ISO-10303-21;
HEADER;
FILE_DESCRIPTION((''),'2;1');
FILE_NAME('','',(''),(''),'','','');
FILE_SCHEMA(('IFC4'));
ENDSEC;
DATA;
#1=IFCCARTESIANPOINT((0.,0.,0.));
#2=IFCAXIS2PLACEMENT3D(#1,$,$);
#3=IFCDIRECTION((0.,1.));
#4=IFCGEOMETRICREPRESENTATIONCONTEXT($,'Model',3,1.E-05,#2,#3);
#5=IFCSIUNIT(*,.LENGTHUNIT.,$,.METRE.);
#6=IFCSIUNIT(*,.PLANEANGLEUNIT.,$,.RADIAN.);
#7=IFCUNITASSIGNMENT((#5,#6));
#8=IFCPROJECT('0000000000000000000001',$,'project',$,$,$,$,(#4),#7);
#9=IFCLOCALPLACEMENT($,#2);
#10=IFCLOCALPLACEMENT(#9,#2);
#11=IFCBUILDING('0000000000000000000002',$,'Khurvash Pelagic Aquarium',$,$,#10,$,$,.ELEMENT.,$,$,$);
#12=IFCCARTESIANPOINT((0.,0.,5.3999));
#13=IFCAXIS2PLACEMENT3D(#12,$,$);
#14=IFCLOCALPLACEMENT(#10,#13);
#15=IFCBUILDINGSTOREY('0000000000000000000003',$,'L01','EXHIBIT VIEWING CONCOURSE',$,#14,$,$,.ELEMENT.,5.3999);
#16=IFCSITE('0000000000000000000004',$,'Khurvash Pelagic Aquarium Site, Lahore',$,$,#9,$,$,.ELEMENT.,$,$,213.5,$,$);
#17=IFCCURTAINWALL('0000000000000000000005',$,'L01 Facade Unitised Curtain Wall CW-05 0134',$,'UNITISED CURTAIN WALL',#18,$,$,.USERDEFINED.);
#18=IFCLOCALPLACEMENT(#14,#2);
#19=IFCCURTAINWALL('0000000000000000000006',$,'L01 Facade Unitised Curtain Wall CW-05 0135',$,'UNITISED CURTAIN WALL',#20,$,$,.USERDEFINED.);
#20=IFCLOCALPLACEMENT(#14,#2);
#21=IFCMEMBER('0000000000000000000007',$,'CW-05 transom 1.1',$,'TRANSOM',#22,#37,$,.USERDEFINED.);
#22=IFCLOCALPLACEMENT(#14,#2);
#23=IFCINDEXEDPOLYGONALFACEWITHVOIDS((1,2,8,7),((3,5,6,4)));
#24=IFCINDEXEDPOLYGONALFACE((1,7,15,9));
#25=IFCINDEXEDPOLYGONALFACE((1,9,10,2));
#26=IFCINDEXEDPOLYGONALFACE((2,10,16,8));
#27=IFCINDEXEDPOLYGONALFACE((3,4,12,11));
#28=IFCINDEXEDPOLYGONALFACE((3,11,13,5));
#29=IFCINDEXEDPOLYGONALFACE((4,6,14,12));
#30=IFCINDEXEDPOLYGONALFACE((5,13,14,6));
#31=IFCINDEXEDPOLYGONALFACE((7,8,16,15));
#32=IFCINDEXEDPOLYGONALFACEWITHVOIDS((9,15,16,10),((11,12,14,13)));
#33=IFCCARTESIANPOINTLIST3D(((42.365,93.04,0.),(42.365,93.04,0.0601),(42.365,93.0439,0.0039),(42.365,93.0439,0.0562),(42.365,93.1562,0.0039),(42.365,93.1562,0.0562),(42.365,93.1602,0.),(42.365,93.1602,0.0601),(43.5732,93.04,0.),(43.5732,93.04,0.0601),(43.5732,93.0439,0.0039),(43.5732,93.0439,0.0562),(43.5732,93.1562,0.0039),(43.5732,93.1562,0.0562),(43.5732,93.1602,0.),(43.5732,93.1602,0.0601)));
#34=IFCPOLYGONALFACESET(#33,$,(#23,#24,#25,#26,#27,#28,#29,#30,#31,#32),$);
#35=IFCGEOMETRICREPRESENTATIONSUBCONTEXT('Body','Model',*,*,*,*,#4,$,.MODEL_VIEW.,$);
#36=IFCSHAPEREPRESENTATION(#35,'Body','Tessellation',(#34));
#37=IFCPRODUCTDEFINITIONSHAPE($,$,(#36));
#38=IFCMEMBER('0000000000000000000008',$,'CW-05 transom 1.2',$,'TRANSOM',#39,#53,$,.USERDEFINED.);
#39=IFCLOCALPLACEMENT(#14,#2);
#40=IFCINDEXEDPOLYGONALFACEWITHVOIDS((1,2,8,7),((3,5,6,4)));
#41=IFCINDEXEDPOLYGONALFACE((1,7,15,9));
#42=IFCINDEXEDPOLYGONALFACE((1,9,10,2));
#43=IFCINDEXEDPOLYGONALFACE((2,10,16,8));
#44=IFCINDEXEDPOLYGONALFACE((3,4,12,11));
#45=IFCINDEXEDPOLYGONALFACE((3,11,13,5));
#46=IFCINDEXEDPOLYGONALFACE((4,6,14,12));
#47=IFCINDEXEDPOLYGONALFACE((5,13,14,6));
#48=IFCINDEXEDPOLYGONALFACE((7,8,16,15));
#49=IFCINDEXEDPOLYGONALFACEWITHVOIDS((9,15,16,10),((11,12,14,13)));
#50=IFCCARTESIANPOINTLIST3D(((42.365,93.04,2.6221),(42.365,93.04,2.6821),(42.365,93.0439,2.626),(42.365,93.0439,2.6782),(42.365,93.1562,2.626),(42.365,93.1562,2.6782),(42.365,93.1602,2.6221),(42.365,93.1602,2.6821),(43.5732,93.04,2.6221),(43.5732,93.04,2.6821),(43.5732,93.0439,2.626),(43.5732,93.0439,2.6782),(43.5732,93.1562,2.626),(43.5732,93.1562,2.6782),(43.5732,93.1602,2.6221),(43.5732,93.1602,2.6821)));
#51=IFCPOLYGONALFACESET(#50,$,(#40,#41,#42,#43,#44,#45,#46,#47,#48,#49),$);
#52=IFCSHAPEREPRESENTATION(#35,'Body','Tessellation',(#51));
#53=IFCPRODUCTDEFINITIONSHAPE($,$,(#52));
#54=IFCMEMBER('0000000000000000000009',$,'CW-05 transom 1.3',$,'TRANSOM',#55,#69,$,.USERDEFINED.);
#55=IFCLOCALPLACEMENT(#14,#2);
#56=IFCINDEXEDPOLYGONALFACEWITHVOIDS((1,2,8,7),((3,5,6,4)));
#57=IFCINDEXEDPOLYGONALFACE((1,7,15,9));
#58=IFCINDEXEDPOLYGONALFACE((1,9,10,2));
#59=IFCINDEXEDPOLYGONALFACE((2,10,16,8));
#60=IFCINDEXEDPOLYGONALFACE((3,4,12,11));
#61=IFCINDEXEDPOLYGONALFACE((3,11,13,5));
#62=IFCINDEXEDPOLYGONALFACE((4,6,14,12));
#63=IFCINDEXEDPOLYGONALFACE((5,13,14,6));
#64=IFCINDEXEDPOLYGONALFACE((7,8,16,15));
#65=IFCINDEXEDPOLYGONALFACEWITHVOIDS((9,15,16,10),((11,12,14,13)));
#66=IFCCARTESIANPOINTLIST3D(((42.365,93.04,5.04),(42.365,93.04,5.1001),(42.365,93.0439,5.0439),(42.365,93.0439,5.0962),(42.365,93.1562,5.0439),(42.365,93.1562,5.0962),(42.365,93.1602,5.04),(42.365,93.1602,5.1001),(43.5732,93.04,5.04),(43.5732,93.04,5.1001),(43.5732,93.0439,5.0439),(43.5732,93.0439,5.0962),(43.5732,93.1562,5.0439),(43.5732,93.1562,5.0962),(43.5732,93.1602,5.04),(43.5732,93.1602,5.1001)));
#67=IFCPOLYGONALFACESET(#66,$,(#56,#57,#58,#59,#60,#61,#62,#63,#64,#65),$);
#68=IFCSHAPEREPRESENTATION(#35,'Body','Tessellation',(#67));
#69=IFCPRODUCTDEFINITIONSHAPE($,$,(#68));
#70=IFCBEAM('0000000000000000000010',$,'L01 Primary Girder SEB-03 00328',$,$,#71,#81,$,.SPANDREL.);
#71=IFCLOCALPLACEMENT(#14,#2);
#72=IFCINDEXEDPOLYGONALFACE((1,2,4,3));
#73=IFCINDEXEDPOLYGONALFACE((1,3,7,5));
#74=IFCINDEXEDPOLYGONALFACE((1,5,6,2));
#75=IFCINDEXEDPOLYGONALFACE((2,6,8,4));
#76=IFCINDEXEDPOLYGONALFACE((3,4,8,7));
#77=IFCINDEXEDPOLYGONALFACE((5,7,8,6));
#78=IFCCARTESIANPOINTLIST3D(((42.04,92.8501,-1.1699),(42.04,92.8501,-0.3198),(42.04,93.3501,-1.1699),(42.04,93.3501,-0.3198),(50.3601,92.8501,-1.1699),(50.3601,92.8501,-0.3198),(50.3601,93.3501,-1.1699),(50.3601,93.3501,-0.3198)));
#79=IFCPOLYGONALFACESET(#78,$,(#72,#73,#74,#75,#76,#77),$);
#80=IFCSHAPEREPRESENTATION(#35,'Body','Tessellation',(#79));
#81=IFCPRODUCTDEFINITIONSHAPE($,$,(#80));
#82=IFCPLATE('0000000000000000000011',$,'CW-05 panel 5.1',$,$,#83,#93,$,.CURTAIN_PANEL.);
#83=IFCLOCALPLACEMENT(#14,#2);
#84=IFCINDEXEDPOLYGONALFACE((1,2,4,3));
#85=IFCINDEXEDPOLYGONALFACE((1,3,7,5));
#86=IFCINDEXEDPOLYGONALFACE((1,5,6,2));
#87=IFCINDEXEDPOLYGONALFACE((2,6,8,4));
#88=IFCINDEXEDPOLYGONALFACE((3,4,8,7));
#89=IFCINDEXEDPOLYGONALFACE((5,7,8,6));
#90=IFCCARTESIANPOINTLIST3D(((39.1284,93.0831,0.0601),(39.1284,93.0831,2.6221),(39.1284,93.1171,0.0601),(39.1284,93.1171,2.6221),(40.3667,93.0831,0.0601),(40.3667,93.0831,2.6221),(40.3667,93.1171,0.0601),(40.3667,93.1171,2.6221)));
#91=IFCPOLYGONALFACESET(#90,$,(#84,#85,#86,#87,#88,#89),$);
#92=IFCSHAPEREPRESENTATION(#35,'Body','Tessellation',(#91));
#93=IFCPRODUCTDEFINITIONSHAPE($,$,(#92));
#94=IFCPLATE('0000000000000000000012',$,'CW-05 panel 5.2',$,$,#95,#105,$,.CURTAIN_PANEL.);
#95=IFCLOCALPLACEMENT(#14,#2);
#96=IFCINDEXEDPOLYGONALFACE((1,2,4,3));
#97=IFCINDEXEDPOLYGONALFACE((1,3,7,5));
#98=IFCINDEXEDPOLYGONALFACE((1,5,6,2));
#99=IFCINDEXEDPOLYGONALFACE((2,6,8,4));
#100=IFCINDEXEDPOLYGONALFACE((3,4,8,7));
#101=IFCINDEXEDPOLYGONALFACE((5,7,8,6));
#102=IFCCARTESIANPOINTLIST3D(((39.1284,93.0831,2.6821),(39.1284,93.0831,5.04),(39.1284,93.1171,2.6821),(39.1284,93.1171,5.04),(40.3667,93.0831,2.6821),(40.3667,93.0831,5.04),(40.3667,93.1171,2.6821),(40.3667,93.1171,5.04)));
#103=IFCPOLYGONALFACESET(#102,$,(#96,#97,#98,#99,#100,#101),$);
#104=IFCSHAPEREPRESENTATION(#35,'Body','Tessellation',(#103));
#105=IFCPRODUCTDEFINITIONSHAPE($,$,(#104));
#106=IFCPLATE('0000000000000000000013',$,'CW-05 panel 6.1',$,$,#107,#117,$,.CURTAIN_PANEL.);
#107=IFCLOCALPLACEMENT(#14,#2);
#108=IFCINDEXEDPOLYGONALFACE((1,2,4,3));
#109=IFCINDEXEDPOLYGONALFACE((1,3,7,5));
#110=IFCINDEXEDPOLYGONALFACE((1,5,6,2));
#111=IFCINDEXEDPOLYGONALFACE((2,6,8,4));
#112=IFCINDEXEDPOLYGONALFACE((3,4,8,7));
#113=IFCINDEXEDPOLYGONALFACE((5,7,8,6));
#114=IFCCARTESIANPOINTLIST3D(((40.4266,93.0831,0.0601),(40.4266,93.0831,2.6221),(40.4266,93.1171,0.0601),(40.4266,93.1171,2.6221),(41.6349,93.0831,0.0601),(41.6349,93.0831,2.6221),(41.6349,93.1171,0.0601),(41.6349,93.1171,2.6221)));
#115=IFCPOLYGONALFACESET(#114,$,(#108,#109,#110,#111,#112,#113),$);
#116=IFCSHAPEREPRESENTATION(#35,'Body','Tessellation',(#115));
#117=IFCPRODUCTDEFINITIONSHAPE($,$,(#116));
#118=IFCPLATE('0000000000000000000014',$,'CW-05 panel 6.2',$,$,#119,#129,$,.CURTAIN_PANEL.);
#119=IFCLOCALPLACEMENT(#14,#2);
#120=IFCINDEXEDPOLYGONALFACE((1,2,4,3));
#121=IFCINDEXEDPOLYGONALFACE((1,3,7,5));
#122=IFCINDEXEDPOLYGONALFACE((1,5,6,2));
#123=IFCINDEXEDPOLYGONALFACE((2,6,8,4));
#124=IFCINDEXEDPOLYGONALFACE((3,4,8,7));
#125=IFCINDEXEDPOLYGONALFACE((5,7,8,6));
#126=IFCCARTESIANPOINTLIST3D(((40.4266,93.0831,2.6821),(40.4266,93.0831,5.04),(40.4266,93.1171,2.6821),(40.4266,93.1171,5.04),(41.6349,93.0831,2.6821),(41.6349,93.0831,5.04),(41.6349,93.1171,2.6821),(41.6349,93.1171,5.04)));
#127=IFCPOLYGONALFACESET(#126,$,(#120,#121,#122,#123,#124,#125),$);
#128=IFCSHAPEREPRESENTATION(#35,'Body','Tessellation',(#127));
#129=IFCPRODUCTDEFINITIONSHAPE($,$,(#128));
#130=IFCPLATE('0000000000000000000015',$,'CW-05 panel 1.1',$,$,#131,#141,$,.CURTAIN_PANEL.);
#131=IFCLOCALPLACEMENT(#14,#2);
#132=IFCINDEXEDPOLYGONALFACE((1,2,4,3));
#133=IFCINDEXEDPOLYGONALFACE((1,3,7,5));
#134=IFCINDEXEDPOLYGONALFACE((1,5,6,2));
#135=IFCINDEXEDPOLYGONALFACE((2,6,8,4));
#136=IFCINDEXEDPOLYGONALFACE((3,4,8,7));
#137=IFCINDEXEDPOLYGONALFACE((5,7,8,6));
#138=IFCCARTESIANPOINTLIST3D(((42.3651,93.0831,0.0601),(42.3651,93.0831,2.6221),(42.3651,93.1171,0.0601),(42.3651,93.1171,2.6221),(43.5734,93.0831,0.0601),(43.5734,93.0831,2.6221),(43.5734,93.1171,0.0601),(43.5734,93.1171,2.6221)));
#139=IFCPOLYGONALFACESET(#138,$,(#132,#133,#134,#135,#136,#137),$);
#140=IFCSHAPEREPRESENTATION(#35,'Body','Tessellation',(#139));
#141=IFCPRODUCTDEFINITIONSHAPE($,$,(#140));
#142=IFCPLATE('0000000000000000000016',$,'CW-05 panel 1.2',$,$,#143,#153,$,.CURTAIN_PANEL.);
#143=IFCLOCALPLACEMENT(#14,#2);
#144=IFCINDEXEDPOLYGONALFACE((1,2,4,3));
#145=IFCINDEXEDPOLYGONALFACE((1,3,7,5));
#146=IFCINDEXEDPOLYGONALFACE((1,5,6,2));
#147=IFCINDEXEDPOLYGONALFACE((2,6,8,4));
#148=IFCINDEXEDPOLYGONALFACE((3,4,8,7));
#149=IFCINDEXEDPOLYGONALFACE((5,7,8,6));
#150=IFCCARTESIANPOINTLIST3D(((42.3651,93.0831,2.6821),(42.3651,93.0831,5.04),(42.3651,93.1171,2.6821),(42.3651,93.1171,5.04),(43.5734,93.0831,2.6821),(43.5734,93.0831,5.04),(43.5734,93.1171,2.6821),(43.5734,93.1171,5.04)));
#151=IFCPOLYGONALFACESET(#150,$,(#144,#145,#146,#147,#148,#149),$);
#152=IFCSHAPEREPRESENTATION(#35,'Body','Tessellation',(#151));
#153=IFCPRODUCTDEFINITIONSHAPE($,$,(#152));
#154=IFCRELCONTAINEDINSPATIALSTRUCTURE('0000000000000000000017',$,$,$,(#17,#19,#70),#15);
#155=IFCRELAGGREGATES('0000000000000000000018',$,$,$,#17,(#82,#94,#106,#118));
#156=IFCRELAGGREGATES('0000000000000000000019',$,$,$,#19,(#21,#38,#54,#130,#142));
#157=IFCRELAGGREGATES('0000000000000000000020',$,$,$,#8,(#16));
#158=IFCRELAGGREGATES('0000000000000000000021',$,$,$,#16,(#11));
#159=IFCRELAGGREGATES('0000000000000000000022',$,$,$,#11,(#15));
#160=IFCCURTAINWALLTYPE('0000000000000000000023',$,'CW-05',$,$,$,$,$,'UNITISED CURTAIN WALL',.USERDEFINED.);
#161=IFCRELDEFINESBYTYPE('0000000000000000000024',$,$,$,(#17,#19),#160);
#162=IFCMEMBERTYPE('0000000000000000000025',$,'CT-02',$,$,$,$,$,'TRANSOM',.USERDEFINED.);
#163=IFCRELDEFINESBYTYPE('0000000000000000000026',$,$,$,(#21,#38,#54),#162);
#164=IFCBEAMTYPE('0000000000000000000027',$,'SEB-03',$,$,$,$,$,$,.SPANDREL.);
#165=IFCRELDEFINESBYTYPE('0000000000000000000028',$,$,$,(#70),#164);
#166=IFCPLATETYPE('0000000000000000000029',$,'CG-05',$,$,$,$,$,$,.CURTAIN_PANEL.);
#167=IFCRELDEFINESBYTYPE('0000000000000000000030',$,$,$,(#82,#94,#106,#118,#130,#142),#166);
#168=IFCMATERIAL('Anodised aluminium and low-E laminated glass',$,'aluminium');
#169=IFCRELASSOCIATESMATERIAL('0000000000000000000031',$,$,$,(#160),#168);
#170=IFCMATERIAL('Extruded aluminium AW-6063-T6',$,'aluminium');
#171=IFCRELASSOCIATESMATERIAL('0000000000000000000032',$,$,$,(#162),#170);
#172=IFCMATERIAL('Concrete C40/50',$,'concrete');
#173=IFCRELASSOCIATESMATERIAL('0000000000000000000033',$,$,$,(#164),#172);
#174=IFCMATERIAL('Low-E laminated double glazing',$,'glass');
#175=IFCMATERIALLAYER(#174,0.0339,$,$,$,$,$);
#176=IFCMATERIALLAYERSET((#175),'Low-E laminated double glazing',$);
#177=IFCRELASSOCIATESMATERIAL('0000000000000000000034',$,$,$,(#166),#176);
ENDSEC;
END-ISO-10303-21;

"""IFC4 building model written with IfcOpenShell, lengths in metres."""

from ifc_helpers import new_model, si_unit, direction, frame, origin, origin_2d, place, context, subcontext, project, spatial, rectangle, hollow_rectangle, extrude, material, layer, layer_set, material_profile, profile_set, type_object, element, aggregate, save


model = new_model("IFC4")

# Units and contexts
model_context = context("Model", 3, precision=1e-05, world=origin(), true_north=direction((0.0, 1.0)))
body_context = subcontext(model_context, "Body", "Model", "MODEL_VIEW")
ifc_project = project(units=[si_unit("LENGTHUNIT", "METRE"), si_unit("PLANEANGLEUNIT", "RADIAN")], contexts=[model_context])

# Site, building, storey
site_placement = place(None, origin())
site = spatial("IfcSite", under=ifc_project, at=site_placement, Name="Khurvash Pelagic Aquarium Site, Lahore", CompositionType="ELEMENT", RefElevation=213.5)
building_placement = place(site_placement, origin())
building = spatial("IfcBuilding", under=site, at=building_placement, Name="Khurvash Pelagic Aquarium", CompositionType="ELEMENT")
storey_placement = place(building_placement, frame((0.0, 0.0, 5.3999)))
storey = spatial("IfcBuildingStorey", under=building, at=storey_placement, Name="L01", Description="EXHIBIT VIEWING CONCOURSE", CompositionType="ELEMENT", Elevation=5.3999)

# Shared definitions
ifc_material_1 = material(Name="Concrete C40/50", Category="concrete")

# Curtain walls
ifc_material_2 = material(Name="Anodised aluminium and low-E laminated glass", Category="aluminium")
curtain_wall_type = type_object("IfcCurtainWallType", Name="CW-05", ElementType="UNITISED CURTAIN WALL", PredefinedType="USERDEFINED", material=ifc_material_2)
curtain_wall_1_placement = place(storey_placement, origin())
curtain_wall_1 = element("IfcCurtainWall", 1, at=curtain_wall_1_placement, inside=storey, type_object=curtain_wall_type, Name="L01 Facade Unitised Curtain Wall CW-05 0134", ObjectType="UNITISED CURTAIN WALL", PredefinedType="USERDEFINED")
ifc_material_3 = material(Name="Extruded aluminium AW-6063-T6", Category="aluminium")
curtain_wall_2_placement = place(storey_placement, origin())
curtain_wall_2 = element("IfcCurtainWall", 2, at=curtain_wall_2_placement, inside=storey, type_object=curtain_wall_type, Name="L01 Facade Unitised Curtain Wall CW-05 0135", ObjectType="UNITISED CURTAIN WALL", PredefinedType="USERDEFINED")

# Members
ifc_material_profile_1 = material_profile(ifc_material_3, hollow_rectangle(XDim=0.1201, YDim=0.0601, WallThickness=0.0039, at=origin_2d()), Name="CWT120X60X4")
ifc_profile_set_1 = profile_set([ifc_material_profile_1], Name="Extruded aluminium AW-6063-T6")
member_type_1 = type_object("IfcMemberType", Name="CT-02", ElementType="TRANSOM", PredefinedType="USERDEFINED", material=ifc_profile_set_1)
member_1_placement = place(storey_placement, frame((42.365, 93.1001, 0.03), z_axis=(1.0, 0.0, 0.0), x_axis=(0.0, 1.0, 0.0)))
member_1 = element("IfcMember", 3, at=member_1_placement, type_object=member_type_1, Name="CW-05 transom 1.1", ObjectType="TRANSOM", PredefinedType="USERDEFINED", context=body_context, shape_type="SweptSolid", body=[
    extrude(hollow_rectangle(XDim=0.1201, YDim=0.0601, WallThickness=0.0039, at=origin_2d()), origin(), (0.0, 0.0, 1.0), 1.2083),
])
member_2_placement = place(storey_placement, frame((42.365, 93.1001, 2.6521), z_axis=(1.0, 0.0, 0.0), x_axis=(0.0, 1.0, 0.0)))
member_2 = element("IfcMember", 4, at=member_2_placement, type_object=member_type_1, Name="CW-05 transom 1.2", ObjectType="TRANSOM", PredefinedType="USERDEFINED", context=body_context, shape_type="SweptSolid", body=[
    extrude(hollow_rectangle(XDim=0.1201, YDim=0.0601, WallThickness=0.0039, at=origin_2d()), origin(), (0.0, 0.0, 1.0), 1.2083),
])
member_3_placement = place(storey_placement, frame((42.365, 93.1001, 5.0701), z_axis=(1.0, 0.0, 0.0), x_axis=(0.0, 1.0, 0.0)))
member_3 = element("IfcMember", 5, at=member_3_placement, type_object=member_type_1, Name="CW-05 transom 1.3", ObjectType="TRANSOM", PredefinedType="USERDEFINED", context=body_context, shape_type="SweptSolid", body=[
    extrude(hollow_rectangle(XDim=0.1201, YDim=0.0601, WallThickness=0.0039, at=origin_2d()), origin(), (0.0, 0.0, 1.0), 1.2083),
])

# Beam
ifc_material_profile_2 = material_profile(ifc_material_1, rectangle(XDim=0.5, YDim=0.8501, at=origin_2d()), Name="RC500X850")
ifc_profile_set_2 = profile_set([ifc_material_profile_2], Name="Concrete C40/50")
beam_type = type_object("IfcBeamType", Name="SEB-03", PredefinedType="SPANDREL", material=ifc_profile_set_2)
beam_placement = place(storey_placement, frame((42.04, 93.1001, -0.7449), z_axis=(1.0, 0.0, 0.0), x_axis=(0.0, 1.0, 0.0)))
element("IfcBeam", 6, at=beam_placement, inside=storey, type_object=beam_type, Name="L01 Primary Girder SEB-03 00328", PredefinedType="SPANDREL", context=body_context, shape_type="SweptSolid", body=[
    extrude(rectangle(XDim=0.5, YDim=0.8501, at=origin_2d()), origin(), (0.0, 0.0, 1.0), 8.3201),
])

# Plates
ifc_material_4 = material(Name="Low-E laminated double glazing", Category="glass")
ifc_layer = layer(ifc_material_4, 0.0339)
ifc_layer_set = layer_set([ifc_layer], Name="Low-E laminated double glazing")
plate_type = type_object("IfcPlateType", Name="CG-05", PredefinedType="CURTAIN_PANEL", material=ifc_layer_set)
plate_1_placement = place(storey_placement, frame((39.7476, 93.1001, 0.0601), z_axis=(0.0, 0.0, 1.0), x_axis=(1.0, 0.0, 0.0)))
plate_1 = element("IfcPlate", 7, at=plate_1_placement, type_object=plate_type, Name="CW-05 panel 5.1", PredefinedType="CURTAIN_PANEL", context=body_context, shape_type="SweptSolid", body=[
    extrude(rectangle(XDim=1.2383, YDim=0.0339, at=origin_2d()), origin(), (0.0, 0.0, 1.0), 2.562),
])
plate_2_placement = place(storey_placement, frame((39.7476, 93.1001, 2.6821), z_axis=(0.0, 0.0, 1.0), x_axis=(1.0, 0.0, 0.0)))
plate_2 = element("IfcPlate", 8, at=plate_2_placement, type_object=plate_type, Name="CW-05 panel 5.2", PredefinedType="CURTAIN_PANEL", context=body_context, shape_type="SweptSolid", body=[
    extrude(rectangle(XDim=1.2383, YDim=0.0339, at=origin_2d()), origin(), (0.0, 0.0, 1.0), 2.3579),
])
plate_3_placement = place(storey_placement, frame((41.0308, 93.1001, 0.0601), z_axis=(0.0, 0.0, 1.0), x_axis=(1.0, 0.0, 0.0)))
plate_3 = element("IfcPlate", 9, at=plate_3_placement, type_object=plate_type, Name="CW-05 panel 6.1", PredefinedType="CURTAIN_PANEL", context=body_context, shape_type="SweptSolid", body=[
    extrude(rectangle(XDim=1.2083, YDim=0.0339, at=origin_2d()), origin(), (0.0, 0.0, 1.0), 2.562),
])
plate_4_placement = place(storey_placement, frame((41.0308, 93.1001, 2.6821), z_axis=(0.0, 0.0, 1.0), x_axis=(1.0, 0.0, 0.0)))
plate_4 = element("IfcPlate", 10, at=plate_4_placement, type_object=plate_type, Name="CW-05 panel 6.2", PredefinedType="CURTAIN_PANEL", context=body_context, shape_type="SweptSolid", body=[
    extrude(rectangle(XDim=1.2083, YDim=0.0339, at=origin_2d()), origin(), (0.0, 0.0, 1.0), 2.3579),
])
aggregate(curtain_wall_1, [plate_1, plate_2, plate_3, plate_4])
plate_5_placement = place(storey_placement, frame((42.9692, 93.1001, 0.0601), z_axis=(0.0, 0.0, 1.0), x_axis=(1.0, 0.0, 0.0)))
plate_5 = element("IfcPlate", 11, at=plate_5_placement, type_object=plate_type, Name="CW-05 panel 1.1", PredefinedType="CURTAIN_PANEL", context=body_context, shape_type="SweptSolid", body=[
    extrude(rectangle(XDim=1.2083, YDim=0.0339, at=origin_2d()), origin(), (0.0, 0.0, 1.0), 2.562),
])
plate_6_placement = place(storey_placement, frame((42.9692, 93.1001, 2.6821), z_axis=(0.0, 0.0, 1.0), x_axis=(1.0, 0.0, 0.0)))
plate_6 = element("IfcPlate", 12, at=plate_6_placement, type_object=plate_type, Name="CW-05 panel 1.2", PredefinedType="CURTAIN_PANEL", context=body_context, shape_type="SweptSolid", body=[
    extrude(rectangle(XDim=1.2083, YDim=0.0339, at=origin_2d()), origin(), (0.0, 0.0, 1.0), 2.3579),
])
aggregate(curtain_wall_2, [member_1, member_2, member_3, plate_5, plate_6])

save(model, "model.ifc")
